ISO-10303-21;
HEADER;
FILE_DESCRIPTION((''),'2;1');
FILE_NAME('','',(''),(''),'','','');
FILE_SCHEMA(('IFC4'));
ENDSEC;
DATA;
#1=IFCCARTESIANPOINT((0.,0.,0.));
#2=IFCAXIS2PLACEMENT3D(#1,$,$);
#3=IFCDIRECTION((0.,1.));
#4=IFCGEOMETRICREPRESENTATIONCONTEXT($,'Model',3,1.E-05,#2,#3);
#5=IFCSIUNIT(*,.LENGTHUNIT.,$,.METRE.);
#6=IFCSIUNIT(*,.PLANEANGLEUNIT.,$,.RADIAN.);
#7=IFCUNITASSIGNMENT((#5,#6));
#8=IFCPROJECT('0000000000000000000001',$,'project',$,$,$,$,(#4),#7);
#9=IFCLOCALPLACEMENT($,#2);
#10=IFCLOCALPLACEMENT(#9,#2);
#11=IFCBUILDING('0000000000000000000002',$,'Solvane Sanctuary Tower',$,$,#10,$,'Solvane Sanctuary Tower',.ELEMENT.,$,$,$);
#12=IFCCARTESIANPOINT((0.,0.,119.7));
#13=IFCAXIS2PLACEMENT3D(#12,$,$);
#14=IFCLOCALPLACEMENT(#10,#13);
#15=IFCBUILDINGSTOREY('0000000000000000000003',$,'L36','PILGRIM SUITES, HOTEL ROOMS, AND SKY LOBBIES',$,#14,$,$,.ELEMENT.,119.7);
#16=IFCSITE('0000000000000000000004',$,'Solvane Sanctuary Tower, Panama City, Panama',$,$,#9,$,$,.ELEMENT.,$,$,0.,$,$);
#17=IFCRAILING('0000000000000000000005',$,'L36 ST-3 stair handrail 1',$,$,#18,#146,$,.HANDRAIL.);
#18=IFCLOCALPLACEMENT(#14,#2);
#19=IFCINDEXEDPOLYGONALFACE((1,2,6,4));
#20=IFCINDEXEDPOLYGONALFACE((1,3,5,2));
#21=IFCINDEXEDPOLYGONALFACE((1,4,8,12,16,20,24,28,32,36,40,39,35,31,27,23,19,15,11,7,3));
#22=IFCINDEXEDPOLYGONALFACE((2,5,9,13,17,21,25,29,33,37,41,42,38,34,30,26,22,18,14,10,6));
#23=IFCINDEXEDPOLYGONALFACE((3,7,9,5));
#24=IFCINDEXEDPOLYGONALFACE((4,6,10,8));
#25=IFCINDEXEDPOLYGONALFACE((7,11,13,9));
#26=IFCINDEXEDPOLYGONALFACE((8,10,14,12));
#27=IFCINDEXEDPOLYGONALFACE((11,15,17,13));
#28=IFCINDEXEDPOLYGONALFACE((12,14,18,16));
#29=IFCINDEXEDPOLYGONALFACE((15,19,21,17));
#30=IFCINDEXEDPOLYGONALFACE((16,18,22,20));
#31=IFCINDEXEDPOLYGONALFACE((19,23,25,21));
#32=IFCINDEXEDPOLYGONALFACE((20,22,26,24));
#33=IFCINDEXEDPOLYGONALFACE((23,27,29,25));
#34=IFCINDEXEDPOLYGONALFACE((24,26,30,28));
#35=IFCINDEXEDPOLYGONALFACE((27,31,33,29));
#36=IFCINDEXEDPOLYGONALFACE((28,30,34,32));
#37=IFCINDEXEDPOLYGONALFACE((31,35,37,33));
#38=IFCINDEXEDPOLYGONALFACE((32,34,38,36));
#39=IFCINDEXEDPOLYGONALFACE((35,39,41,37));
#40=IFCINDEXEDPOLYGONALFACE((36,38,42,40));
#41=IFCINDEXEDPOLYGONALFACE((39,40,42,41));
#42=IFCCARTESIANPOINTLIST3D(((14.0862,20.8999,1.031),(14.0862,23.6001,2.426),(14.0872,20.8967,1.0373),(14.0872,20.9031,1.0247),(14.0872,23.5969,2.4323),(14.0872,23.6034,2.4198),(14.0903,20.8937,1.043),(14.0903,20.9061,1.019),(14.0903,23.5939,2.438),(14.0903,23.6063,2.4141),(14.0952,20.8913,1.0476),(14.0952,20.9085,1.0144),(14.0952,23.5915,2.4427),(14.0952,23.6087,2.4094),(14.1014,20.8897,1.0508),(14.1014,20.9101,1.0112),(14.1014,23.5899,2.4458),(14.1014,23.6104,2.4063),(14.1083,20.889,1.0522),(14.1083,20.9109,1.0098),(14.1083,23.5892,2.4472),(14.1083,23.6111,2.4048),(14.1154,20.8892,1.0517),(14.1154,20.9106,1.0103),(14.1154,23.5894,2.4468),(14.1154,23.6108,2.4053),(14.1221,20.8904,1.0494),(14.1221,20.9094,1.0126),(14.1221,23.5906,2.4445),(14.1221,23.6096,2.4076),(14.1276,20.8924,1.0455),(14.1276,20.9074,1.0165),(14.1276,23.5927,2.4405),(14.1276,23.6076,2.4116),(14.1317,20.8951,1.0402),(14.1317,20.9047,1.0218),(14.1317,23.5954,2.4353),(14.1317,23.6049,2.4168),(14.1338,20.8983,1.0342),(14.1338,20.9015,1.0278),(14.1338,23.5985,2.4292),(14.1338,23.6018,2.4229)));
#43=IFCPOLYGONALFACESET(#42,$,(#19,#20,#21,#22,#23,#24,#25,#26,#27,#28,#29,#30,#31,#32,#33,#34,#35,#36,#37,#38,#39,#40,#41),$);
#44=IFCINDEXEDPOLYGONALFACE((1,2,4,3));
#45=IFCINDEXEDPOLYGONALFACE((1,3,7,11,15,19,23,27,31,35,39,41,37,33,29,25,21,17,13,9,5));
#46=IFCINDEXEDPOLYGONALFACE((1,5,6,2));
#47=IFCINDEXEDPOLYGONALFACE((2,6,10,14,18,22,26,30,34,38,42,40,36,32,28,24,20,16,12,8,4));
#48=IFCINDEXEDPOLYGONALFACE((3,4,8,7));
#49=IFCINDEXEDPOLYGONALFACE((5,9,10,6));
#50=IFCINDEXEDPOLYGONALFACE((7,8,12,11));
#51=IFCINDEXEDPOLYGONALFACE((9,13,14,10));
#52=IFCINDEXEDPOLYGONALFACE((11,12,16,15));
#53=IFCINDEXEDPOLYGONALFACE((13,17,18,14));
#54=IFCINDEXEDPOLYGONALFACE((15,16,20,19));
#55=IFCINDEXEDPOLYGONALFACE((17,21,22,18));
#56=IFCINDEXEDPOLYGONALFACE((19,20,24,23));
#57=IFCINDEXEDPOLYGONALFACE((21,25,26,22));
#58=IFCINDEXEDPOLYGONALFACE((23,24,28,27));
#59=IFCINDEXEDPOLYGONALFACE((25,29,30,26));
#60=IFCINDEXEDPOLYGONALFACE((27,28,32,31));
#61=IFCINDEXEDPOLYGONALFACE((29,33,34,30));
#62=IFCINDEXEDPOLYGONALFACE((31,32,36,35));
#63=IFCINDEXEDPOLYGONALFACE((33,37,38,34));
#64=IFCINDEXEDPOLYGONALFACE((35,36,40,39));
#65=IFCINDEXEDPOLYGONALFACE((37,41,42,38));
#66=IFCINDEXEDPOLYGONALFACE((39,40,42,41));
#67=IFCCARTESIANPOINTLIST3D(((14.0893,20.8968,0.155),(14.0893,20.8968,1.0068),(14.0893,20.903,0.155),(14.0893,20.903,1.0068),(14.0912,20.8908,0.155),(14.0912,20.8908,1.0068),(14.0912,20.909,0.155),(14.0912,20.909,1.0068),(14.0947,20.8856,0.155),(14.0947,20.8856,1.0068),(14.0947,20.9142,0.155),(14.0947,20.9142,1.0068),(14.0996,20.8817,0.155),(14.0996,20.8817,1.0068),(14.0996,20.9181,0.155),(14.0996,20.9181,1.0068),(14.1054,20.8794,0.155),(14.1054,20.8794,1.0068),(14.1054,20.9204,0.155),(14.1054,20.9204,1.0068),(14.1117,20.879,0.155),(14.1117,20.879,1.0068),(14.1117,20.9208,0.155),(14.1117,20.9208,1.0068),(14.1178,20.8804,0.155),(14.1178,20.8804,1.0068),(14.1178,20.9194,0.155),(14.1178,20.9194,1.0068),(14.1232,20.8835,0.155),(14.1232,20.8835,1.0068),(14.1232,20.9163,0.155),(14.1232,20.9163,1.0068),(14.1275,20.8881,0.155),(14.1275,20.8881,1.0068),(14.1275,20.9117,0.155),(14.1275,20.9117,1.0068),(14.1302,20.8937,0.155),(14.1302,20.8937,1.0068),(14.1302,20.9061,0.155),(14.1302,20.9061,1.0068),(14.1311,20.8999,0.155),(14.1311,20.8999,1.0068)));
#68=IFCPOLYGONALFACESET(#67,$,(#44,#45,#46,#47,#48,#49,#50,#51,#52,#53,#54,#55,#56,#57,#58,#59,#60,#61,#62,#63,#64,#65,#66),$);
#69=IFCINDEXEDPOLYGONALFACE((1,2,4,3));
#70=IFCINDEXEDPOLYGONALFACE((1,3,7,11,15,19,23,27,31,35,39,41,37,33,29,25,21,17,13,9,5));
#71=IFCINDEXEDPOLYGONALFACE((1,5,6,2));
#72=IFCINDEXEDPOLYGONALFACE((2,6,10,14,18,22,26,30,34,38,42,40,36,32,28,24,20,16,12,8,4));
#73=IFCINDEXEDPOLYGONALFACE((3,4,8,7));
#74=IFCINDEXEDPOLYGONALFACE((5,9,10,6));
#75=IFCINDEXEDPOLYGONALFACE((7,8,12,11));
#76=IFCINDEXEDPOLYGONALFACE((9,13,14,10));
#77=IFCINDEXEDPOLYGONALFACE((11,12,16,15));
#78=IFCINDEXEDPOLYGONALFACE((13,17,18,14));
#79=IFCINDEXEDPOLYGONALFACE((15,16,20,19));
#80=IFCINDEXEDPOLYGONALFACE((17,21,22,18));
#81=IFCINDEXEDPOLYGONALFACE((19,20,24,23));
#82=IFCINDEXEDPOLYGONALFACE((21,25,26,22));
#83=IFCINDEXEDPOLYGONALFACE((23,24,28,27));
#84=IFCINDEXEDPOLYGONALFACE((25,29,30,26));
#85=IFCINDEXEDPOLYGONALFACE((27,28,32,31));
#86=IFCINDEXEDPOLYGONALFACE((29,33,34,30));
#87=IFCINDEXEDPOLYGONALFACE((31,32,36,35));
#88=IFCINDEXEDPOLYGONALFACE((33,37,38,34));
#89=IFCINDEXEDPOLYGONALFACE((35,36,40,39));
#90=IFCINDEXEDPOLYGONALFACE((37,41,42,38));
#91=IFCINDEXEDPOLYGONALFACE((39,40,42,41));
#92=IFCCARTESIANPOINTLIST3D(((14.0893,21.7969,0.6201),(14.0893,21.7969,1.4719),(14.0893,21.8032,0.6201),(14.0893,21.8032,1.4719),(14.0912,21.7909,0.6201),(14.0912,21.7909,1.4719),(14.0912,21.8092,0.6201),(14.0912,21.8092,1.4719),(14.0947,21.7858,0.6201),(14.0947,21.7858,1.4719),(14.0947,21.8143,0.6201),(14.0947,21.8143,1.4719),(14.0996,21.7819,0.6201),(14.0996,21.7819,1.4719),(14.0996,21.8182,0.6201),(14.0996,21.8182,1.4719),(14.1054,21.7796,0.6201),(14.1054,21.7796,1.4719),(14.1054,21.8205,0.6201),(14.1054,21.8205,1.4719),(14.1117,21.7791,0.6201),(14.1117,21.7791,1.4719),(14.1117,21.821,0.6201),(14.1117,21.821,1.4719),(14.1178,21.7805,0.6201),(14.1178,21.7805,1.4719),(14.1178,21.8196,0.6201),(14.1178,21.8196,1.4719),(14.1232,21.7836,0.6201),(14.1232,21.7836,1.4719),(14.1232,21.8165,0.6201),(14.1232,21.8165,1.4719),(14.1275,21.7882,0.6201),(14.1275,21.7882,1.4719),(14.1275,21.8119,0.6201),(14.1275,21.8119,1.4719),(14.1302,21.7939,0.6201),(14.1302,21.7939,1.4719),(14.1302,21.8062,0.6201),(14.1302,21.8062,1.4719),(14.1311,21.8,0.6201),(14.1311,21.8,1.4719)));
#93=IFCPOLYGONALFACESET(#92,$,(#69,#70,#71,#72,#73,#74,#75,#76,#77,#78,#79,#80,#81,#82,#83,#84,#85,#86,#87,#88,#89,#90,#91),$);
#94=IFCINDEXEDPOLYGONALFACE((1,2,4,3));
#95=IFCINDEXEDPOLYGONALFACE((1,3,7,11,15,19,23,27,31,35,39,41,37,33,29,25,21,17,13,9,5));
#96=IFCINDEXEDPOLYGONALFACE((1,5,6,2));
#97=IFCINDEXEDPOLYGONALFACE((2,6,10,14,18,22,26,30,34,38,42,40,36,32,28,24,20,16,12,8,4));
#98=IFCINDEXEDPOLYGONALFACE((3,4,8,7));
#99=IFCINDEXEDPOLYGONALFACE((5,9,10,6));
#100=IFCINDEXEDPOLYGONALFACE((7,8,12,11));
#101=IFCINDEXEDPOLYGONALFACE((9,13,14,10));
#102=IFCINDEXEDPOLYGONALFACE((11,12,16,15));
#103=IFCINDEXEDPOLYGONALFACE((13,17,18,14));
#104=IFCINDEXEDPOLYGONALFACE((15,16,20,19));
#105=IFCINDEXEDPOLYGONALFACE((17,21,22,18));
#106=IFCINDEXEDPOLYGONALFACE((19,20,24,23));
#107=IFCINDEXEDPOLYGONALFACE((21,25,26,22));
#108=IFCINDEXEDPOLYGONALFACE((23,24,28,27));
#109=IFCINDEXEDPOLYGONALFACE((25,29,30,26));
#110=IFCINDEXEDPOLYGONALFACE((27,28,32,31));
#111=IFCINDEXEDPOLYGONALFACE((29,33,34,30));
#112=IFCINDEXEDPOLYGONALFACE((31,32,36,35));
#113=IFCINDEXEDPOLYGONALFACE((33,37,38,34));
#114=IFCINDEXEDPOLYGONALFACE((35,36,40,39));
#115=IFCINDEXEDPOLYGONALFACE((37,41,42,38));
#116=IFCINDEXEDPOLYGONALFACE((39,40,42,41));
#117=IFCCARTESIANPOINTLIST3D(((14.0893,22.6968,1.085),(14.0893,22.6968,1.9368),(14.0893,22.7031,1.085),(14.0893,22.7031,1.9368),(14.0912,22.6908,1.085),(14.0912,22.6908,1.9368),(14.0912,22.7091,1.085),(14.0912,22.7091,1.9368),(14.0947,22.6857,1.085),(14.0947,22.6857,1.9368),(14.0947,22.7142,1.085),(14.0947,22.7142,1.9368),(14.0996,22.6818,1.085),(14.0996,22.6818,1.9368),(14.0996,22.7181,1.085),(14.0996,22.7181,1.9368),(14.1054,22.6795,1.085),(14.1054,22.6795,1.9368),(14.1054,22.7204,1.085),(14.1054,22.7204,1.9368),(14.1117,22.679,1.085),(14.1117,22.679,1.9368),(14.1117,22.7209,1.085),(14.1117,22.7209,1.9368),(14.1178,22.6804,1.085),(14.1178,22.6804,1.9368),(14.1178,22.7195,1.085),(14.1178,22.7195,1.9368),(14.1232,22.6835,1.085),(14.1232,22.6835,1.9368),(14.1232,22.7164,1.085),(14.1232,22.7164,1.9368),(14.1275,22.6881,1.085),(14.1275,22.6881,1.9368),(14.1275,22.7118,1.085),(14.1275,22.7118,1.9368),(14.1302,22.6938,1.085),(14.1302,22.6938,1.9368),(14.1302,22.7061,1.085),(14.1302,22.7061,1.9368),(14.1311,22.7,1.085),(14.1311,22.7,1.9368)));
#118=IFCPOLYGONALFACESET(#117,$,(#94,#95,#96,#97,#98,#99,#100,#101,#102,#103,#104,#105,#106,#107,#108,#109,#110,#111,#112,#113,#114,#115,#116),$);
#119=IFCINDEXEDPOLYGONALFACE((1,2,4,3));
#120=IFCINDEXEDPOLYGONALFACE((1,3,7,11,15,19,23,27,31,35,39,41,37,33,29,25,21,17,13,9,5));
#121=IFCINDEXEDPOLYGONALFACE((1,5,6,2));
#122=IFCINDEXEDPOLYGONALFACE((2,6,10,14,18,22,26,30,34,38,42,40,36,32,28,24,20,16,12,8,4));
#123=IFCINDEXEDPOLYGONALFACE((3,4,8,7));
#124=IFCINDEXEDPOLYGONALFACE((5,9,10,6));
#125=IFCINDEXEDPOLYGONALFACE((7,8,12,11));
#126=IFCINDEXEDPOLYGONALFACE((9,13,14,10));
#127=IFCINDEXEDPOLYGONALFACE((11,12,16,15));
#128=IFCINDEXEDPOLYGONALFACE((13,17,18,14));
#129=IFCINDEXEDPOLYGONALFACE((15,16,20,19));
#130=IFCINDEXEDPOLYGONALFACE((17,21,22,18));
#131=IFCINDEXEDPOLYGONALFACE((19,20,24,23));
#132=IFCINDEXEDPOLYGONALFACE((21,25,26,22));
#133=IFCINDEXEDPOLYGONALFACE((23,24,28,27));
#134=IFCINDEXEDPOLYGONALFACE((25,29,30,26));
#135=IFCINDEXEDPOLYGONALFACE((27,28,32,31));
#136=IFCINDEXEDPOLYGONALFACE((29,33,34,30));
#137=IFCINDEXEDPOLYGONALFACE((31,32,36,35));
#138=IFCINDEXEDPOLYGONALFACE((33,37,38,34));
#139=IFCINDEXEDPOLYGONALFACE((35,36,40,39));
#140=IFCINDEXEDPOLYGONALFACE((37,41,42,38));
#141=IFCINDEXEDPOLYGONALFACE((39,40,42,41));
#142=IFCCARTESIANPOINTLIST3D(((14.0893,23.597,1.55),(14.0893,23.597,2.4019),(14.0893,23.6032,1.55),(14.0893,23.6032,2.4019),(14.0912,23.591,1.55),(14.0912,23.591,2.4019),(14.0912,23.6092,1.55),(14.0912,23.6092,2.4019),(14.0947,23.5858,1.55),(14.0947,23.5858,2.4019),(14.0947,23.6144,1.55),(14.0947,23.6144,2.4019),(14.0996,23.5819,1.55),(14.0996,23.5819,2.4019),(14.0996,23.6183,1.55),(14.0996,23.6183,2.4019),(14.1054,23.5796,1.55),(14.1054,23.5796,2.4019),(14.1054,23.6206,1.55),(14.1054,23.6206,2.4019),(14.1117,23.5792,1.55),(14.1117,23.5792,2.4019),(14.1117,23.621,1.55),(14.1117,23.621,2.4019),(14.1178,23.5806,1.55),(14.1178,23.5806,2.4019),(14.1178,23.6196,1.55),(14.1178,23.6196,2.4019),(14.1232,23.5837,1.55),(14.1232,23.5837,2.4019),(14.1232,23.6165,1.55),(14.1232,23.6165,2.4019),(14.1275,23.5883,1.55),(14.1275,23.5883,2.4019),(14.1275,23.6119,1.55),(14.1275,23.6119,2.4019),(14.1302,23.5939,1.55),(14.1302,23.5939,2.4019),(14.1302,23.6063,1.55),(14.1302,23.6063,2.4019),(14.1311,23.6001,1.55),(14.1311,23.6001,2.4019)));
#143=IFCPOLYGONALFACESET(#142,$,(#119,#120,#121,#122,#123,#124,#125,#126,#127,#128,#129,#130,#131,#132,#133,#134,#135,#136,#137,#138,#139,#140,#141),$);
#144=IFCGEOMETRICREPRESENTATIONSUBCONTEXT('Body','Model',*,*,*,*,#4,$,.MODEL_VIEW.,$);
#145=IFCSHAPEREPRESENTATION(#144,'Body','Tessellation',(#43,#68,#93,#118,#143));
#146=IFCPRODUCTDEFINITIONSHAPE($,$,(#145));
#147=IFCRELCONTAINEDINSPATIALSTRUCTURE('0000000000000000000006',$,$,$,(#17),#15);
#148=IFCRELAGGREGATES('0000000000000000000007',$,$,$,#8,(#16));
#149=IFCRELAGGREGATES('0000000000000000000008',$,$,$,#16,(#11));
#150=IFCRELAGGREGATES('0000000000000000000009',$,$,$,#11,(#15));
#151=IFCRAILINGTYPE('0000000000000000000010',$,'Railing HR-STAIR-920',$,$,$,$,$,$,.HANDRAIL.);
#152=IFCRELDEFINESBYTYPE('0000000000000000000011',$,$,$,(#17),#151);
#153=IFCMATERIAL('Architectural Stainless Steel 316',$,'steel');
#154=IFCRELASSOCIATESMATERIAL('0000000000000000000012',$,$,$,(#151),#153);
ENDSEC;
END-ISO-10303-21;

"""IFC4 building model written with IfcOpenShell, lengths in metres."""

from ifc_helpers import new_model, si_unit, direction, frame, origin, origin_2d, place, context, subcontext, project, spatial, circle, extrude, material, type_object, element, save


model = new_model("IFC4")

# Units and contexts
model_context = context("Model", 3, precision=1e-05, world=origin(), true_north=direction((0.0, 1.0)))
body_context = subcontext(model_context, "Body", "Model", "MODEL_VIEW")
ifc_project = project(units=[si_unit("LENGTHUNIT", "METRE"), si_unit("PLANEANGLEUNIT", "RADIAN")], contexts=[model_context])

# Site, building, storey
site_placement = place(None, origin())
site = spatial("IfcSite", under=ifc_project, at=site_placement, Name="Solvane Sanctuary Tower, Panama City, Panama", CompositionType="ELEMENT", RefElevation=0.0)
building_placement = place(site_placement, origin())
building = spatial("IfcBuilding", under=site, at=building_placement, Name="Solvane Sanctuary Tower", LongName="Solvane Sanctuary Tower", CompositionType="ELEMENT")
storey_placement = place(building_placement, frame((0.0, 0.0, 119.7)))
storey = spatial("IfcBuildingStorey", under=building, at=storey_placement, Name="L36", Description="PILGRIM SUITES, HOTEL ROOMS, AND SKY LOBBIES", CompositionType="ELEMENT", Elevation=119.7)

# Shared definitions
ifc_material_1 = material(Name="Architectural Stainless Steel 316", Category="steel")

# Railing
railing_type_1 = type_object("IfcRailingType", Name="Railing HR-STAIR-920", PredefinedType="HANDRAIL", material=ifc_material_1)
railing_1_placement = place(storey_placement, frame((14.1101, 20.8999, 0.155)))
element("IfcRailing", 1, at=railing_1_placement, inside=storey, type_object=railing_type_1, Name="L36 ST-3 stair handrail 1", PredefinedType="HANDRAIL", context=body_context, shape_type="SweptSolid", body=[
    extrude(circle(Radius=0.0239, at=origin_2d()), frame((0.0, 0.0, 0.876), z_axis=(0.0, 0.888437, 0.458999), x_axis=(-1.0, 0.0, 0.0)), (0.0, 0.0, 1.0), 3.0393),
    extrude(circle(Radius=0.021, at=origin_2d()), origin(), (0.0, 0.0, 1.0), 0.8518),
    extrude(circle(Radius=0.021, at=origin_2d()), frame((0.0, 0.9001, 0.4651)), (0.0, 0.0, 1.0), 0.8518),
    extrude(circle(Radius=0.021, at=origin_2d()), frame((0.0, 1.8, 0.9299)), (0.0, 0.0, 1.0), 0.8518),
    extrude(circle(Radius=0.021, at=origin_2d()), frame((0.0, 2.7002, 1.395)), (0.0, 0.0, 1.0), 0.8518),
])

save(model, "model.ifc")
